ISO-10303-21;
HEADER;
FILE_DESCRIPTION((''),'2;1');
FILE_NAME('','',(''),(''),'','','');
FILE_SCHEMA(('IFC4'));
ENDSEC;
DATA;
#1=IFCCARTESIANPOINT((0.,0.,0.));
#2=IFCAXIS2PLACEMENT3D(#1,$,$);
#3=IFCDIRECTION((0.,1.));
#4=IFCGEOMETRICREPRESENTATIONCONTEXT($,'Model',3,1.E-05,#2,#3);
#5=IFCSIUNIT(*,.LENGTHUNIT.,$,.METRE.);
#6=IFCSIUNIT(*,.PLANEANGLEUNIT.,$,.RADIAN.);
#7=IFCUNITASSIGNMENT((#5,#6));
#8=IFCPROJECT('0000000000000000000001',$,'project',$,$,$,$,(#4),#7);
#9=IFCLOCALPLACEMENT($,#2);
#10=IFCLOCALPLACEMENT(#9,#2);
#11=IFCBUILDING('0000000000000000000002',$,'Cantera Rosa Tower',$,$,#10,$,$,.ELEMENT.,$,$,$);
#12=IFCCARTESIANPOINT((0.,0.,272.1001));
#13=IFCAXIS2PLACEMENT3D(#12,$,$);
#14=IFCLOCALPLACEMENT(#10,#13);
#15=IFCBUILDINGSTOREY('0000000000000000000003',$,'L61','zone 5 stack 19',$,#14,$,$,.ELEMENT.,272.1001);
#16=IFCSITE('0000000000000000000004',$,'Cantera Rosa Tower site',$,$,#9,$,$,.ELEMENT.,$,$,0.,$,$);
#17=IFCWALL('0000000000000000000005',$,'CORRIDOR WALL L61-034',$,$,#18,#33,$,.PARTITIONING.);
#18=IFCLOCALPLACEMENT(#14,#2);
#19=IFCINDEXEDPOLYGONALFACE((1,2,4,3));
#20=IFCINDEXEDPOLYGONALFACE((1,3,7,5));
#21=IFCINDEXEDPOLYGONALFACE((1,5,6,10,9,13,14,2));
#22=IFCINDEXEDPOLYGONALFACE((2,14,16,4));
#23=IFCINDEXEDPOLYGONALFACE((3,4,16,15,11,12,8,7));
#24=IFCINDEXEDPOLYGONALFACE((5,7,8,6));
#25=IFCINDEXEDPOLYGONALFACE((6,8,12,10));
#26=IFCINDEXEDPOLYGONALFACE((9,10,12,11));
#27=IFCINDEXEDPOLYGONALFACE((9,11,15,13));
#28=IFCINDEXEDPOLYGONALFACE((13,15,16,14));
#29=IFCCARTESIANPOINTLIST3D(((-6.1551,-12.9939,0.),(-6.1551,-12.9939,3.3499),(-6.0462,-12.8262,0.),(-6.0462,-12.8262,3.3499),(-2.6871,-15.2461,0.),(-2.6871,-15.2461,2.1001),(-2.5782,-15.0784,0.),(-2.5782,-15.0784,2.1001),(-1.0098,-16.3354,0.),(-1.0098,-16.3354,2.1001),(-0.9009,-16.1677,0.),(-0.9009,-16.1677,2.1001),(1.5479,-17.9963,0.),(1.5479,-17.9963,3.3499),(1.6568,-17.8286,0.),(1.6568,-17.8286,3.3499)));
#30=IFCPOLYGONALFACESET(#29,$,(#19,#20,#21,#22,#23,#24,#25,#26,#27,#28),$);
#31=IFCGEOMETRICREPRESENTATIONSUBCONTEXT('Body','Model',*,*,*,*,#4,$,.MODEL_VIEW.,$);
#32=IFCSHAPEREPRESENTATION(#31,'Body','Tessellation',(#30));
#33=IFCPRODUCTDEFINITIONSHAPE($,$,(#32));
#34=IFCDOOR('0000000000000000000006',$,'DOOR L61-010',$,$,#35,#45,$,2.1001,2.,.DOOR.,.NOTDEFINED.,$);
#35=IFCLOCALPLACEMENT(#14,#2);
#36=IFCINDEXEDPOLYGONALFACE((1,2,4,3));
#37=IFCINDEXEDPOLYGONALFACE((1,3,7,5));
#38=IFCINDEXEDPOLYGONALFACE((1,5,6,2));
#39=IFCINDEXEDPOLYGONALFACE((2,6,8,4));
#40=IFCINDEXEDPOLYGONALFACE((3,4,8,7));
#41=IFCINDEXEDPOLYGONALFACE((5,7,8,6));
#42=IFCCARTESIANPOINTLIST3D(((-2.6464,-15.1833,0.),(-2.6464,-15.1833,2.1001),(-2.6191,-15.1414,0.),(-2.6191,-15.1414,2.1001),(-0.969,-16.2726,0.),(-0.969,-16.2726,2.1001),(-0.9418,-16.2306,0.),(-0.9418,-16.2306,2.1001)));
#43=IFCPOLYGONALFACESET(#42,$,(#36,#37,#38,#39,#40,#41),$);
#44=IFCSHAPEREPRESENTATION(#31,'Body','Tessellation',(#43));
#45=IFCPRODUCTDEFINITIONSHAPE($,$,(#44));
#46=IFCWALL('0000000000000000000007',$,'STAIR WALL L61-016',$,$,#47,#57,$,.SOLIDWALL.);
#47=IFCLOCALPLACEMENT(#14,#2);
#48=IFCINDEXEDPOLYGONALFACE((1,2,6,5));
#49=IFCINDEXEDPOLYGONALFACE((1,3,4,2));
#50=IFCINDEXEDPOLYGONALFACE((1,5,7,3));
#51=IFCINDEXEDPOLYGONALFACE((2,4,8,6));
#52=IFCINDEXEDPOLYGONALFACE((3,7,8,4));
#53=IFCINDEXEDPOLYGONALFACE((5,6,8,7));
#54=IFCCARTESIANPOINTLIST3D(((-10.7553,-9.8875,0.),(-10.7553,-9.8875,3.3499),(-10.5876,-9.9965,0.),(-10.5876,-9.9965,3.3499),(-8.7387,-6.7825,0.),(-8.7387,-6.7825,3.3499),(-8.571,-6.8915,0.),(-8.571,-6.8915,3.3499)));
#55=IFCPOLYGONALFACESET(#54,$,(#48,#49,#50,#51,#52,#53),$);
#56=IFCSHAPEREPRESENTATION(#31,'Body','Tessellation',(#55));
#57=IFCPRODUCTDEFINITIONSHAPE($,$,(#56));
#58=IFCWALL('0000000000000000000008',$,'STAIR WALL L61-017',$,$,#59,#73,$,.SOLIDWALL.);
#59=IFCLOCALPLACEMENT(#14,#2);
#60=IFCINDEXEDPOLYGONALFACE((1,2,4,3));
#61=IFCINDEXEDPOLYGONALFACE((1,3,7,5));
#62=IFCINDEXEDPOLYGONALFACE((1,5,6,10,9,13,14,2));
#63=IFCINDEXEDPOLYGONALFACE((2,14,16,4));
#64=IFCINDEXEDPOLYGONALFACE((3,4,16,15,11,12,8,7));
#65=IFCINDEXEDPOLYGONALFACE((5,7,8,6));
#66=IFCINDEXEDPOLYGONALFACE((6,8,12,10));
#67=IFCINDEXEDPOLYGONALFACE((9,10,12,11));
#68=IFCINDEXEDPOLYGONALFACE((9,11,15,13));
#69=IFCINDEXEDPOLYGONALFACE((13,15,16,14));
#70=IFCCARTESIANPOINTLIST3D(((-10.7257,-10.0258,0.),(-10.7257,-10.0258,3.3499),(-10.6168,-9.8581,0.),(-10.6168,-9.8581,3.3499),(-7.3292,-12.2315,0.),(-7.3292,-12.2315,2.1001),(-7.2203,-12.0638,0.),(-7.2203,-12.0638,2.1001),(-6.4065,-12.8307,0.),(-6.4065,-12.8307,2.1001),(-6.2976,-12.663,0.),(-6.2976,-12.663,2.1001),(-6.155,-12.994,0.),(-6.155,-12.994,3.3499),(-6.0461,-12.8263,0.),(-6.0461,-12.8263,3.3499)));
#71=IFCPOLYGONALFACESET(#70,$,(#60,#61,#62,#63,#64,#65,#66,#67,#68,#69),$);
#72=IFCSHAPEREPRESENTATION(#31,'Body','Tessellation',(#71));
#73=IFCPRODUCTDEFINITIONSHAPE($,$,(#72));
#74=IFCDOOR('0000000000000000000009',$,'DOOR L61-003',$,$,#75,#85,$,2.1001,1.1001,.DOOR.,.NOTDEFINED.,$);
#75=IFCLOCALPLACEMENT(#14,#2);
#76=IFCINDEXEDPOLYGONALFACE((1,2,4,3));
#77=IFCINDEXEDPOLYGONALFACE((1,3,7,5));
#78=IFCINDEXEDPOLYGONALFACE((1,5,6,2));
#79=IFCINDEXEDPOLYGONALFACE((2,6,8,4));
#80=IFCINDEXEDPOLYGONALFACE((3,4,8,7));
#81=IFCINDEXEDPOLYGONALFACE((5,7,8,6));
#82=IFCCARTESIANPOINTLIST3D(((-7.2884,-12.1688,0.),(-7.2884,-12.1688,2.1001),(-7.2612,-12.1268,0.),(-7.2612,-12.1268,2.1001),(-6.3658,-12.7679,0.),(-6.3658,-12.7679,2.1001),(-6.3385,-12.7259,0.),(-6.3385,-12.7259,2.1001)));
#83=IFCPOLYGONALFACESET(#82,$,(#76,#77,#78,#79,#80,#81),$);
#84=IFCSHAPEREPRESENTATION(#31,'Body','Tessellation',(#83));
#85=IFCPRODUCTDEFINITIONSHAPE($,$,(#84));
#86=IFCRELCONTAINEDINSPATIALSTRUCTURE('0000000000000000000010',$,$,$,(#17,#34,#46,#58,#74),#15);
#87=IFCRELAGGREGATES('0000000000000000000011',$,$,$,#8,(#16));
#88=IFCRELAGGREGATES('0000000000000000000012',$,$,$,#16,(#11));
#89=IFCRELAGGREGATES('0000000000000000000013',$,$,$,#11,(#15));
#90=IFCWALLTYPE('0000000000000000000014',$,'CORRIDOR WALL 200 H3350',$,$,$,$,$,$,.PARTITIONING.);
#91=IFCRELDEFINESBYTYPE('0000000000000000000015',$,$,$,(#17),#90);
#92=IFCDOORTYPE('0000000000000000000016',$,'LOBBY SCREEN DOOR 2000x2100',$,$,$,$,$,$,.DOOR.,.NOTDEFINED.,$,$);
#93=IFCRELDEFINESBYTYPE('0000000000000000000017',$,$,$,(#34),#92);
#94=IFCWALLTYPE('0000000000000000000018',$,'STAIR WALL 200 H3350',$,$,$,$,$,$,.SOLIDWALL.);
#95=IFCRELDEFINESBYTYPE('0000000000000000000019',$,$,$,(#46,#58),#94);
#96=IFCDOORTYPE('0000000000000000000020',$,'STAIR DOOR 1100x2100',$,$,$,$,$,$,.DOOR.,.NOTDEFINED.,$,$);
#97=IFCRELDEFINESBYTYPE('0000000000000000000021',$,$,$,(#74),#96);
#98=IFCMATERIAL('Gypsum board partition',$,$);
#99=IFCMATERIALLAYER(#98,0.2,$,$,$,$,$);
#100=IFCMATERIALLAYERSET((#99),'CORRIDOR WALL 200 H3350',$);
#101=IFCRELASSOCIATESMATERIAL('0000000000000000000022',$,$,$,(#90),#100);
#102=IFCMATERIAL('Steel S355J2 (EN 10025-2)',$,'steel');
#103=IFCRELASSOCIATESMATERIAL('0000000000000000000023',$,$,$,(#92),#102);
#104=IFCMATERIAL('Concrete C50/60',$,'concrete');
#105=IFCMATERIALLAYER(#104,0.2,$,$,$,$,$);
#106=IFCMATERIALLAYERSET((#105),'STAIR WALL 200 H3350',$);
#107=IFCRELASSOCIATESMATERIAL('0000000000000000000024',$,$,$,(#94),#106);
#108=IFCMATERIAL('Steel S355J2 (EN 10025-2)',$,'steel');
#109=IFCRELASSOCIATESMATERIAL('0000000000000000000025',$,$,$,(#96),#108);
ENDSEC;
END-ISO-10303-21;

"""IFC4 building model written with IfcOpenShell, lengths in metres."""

from ifc_helpers import new_model, si_unit, direction, frame, frame_2d, origin, place, context, subcontext, project, spatial, rectangle, extrude, material, layer, layer_set, type_object, element, fill, save


model = new_model("IFC4")

# Units and contexts
model_context = context("Model", 3, precision=1e-05, world=origin(), true_north=direction((0.0, 1.0)))
body_context = subcontext(model_context, "Body", "Model", "MODEL_VIEW")
ifc_project = project(units=[si_unit("LENGTHUNIT", "METRE"), si_unit("PLANEANGLEUNIT", "RADIAN")], contexts=[model_context])

# Site, building, storey
site_placement = place(None, origin())
site = spatial("IfcSite", under=ifc_project, at=site_placement, Name="Cantera Rosa Tower site", CompositionType="ELEMENT", RefElevation=0.0)
building_placement = place(site_placement, origin())
building = spatial("IfcBuilding", under=site, at=building_placement, Name="Cantera Rosa Tower", CompositionType="ELEMENT")
storey_placement = place(building_placement, frame((0.0, 0.0, 272.1001)))
storey = spatial("IfcBuildingStorey", under=building, at=storey_placement, Name="L61", Description="zone 5 stack 19", CompositionType="ELEMENT", Elevation=272.1001)

# Wall, opening, door
ifc_material_1 = material(Name="Gypsum board partition")
ifc_layer_1 = layer(ifc_material_1, 0.2)
ifc_layer_set_1 = layer_set([ifc_layer_1], Name="CORRIDOR WALL 200 H3350")
wall_type_1 = type_object("IfcWallType", Name="CORRIDOR WALL 200 H3350", PredefinedType="PARTITIONING", material=ifc_layer_set_1)
wall_1_placement = place(storey_placement, frame((-6.1006, -12.9102, 0.0), z_axis=(0.0, 0.0, 1.0), x_axis=(0.838672, -0.544637, 0.0)))
wall_1 = element("IfcWall", 1, at=wall_1_placement, inside=storey, type_object=wall_type_1, Name="CORRIDOR WALL L61-034", PredefinedType="PARTITIONING", context=body_context, shape_type="SweptSolid", body=[
    extrude(rectangle(XDim=9.1848, YDim=0.2, at=frame_2d((4.5923, 0.0))), origin(), (0.0, 0.0, 1.0), 3.3499),
])
opening_1_placement = place(wall_1_placement, frame((4.135, 0.0, 0.0)))
opening_1 = element("IfcOpeningElement", 2, at=opening_1_placement, cuts=wall_1, PredefinedType="OPENING", context=body_context, shape_type="SweptSolid", body=[
    extrude(rectangle(XDim=2.0, YDim=2.1001, at=frame_2d((1.0, 1.05))), frame((0.0, 0.1099, 0.0), z_axis=(0.0, -1.0, 0.0), x_axis=(1.0, 0.0, 0.0)), (0.0, 0.0, 1.0), 0.22),
])
ifc_material_2 = material(Name="Steel S355J2 (EN 10025-2)", Category="steel")
door_type_1 = type_object("IfcDoorType", Name="LOBBY SCREEN DOOR 2000x2100", OperationType="NOTDEFINED", PredefinedType="DOOR", material=ifc_material_2)
door_1_placement = place(opening_1_placement, origin())
door_1 = element("IfcDoor", 3, at=door_1_placement, inside=storey, type_object=door_type_1, Name="DOOR L61-010", OperationType="NOTDEFINED", OverallHeight=2.1001, OverallWidth=2.0, PredefinedType="DOOR", context=body_context, shape_type="SweptSolid", body=[
    extrude(rectangle(XDim=2.0, YDim=2.1001, at=frame_2d((1.0, 1.05))), frame((0.0, 0.0249, 0.0), z_axis=(0.0, -1.0, 0.0), x_axis=(1.0, 0.0, 0.0)), (0.0, 0.0, 1.0), 0.05),
])
fill(opening_1, door_1)

# Wall
ifc_material_3 = material(Name="Concrete C50/60", Category="concrete")
ifc_layer_2 = layer(ifc_material_3, 0.2)
ifc_layer_set_2 = layer_set([ifc_layer_2], Name="STAIR WALL 200 H3350")
wall_type_2 = type_object("IfcWallType", Name="STAIR WALL 200 H3350", PredefinedType="SOLIDWALL", material=ifc_layer_set_2)
wall_2_placement = place(storey_placement, frame((-10.6714, -9.9419, 0.0), z_axis=(0.0, 0.0, 1.0), x_axis=(0.544678, 0.838645, 0.0)))
element("IfcWall", 4, at=wall_2_placement, inside=storey, type_object=wall_type_2, Name="STAIR WALL L61-016", PredefinedType="SOLIDWALL", context=body_context, shape_type="SweptSolid", body=[
    extrude(rectangle(XDim=3.7024, YDim=0.2, at=frame_2d((1.8511, 0.0))), origin(), (0.0, 0.0, 1.0), 3.3499),
])

# Wall, opening, door
wall_3_placement = place(storey_placement, frame((-10.6714, -9.9419, 0.0), z_axis=(0.0, 0.0, 1.0), x_axis=(0.838675, -0.544632, 0.0)))
wall_3 = element("IfcWall", 5, at=wall_3_placement, inside=storey, type_object=wall_type_2, Name="STAIR WALL L61-017", PredefinedType="SOLIDWALL", context=body_context, shape_type="SweptSolid", body=[
    extrude(rectangle(XDim=5.45, YDim=0.2, at=frame_2d((2.7251, 0.0))), origin(), (0.0, 0.0, 1.0), 3.3499),
])
opening_2_placement = place(wall_3_placement, frame((4.05, 0.0, 0.0)))
opening_2 = element("IfcOpeningElement", 6, at=opening_2_placement, cuts=wall_3, PredefinedType="OPENING", context=body_context, shape_type="SweptSolid", body=[
    extrude(rectangle(XDim=1.1001, YDim=2.1001, at=frame_2d((0.55, 1.05))), frame((0.0, 0.1099, 0.0), z_axis=(0.0, -1.0, 0.0), x_axis=(1.0, 0.0, 0.0)), (0.0, 0.0, 1.0), 0.22),
])
ifc_material_4 = material(Name="Steel S355J2 (EN 10025-2)", Category="steel")
door_type_2 = type_object("IfcDoorType", Name="STAIR DOOR 1100x2100", OperationType="NOTDEFINED", PredefinedType="DOOR", material=ifc_material_4)
door_2_placement = place(opening_2_placement, origin())
door_2 = element("IfcDoor", 7, at=door_2_placement, inside=storey, type_object=door_type_2, Name="DOOR L61-003", OperationType="NOTDEFINED", OverallHeight=2.1001, OverallWidth=1.1001, PredefinedType="DOOR", context=body_context, shape_type="SweptSolid", body=[
    extrude(rectangle(XDim=1.1001, YDim=2.1001, at=frame_2d((0.55, 1.05))), frame((0.0, 0.0249, 0.0), z_axis=(0.0, -1.0, 0.0), x_axis=(1.0, 0.0, 0.0)), (0.0, 0.0, 1.0), 0.05),
])
fill(opening_2, door_2)

save(model, "model.ifc")
